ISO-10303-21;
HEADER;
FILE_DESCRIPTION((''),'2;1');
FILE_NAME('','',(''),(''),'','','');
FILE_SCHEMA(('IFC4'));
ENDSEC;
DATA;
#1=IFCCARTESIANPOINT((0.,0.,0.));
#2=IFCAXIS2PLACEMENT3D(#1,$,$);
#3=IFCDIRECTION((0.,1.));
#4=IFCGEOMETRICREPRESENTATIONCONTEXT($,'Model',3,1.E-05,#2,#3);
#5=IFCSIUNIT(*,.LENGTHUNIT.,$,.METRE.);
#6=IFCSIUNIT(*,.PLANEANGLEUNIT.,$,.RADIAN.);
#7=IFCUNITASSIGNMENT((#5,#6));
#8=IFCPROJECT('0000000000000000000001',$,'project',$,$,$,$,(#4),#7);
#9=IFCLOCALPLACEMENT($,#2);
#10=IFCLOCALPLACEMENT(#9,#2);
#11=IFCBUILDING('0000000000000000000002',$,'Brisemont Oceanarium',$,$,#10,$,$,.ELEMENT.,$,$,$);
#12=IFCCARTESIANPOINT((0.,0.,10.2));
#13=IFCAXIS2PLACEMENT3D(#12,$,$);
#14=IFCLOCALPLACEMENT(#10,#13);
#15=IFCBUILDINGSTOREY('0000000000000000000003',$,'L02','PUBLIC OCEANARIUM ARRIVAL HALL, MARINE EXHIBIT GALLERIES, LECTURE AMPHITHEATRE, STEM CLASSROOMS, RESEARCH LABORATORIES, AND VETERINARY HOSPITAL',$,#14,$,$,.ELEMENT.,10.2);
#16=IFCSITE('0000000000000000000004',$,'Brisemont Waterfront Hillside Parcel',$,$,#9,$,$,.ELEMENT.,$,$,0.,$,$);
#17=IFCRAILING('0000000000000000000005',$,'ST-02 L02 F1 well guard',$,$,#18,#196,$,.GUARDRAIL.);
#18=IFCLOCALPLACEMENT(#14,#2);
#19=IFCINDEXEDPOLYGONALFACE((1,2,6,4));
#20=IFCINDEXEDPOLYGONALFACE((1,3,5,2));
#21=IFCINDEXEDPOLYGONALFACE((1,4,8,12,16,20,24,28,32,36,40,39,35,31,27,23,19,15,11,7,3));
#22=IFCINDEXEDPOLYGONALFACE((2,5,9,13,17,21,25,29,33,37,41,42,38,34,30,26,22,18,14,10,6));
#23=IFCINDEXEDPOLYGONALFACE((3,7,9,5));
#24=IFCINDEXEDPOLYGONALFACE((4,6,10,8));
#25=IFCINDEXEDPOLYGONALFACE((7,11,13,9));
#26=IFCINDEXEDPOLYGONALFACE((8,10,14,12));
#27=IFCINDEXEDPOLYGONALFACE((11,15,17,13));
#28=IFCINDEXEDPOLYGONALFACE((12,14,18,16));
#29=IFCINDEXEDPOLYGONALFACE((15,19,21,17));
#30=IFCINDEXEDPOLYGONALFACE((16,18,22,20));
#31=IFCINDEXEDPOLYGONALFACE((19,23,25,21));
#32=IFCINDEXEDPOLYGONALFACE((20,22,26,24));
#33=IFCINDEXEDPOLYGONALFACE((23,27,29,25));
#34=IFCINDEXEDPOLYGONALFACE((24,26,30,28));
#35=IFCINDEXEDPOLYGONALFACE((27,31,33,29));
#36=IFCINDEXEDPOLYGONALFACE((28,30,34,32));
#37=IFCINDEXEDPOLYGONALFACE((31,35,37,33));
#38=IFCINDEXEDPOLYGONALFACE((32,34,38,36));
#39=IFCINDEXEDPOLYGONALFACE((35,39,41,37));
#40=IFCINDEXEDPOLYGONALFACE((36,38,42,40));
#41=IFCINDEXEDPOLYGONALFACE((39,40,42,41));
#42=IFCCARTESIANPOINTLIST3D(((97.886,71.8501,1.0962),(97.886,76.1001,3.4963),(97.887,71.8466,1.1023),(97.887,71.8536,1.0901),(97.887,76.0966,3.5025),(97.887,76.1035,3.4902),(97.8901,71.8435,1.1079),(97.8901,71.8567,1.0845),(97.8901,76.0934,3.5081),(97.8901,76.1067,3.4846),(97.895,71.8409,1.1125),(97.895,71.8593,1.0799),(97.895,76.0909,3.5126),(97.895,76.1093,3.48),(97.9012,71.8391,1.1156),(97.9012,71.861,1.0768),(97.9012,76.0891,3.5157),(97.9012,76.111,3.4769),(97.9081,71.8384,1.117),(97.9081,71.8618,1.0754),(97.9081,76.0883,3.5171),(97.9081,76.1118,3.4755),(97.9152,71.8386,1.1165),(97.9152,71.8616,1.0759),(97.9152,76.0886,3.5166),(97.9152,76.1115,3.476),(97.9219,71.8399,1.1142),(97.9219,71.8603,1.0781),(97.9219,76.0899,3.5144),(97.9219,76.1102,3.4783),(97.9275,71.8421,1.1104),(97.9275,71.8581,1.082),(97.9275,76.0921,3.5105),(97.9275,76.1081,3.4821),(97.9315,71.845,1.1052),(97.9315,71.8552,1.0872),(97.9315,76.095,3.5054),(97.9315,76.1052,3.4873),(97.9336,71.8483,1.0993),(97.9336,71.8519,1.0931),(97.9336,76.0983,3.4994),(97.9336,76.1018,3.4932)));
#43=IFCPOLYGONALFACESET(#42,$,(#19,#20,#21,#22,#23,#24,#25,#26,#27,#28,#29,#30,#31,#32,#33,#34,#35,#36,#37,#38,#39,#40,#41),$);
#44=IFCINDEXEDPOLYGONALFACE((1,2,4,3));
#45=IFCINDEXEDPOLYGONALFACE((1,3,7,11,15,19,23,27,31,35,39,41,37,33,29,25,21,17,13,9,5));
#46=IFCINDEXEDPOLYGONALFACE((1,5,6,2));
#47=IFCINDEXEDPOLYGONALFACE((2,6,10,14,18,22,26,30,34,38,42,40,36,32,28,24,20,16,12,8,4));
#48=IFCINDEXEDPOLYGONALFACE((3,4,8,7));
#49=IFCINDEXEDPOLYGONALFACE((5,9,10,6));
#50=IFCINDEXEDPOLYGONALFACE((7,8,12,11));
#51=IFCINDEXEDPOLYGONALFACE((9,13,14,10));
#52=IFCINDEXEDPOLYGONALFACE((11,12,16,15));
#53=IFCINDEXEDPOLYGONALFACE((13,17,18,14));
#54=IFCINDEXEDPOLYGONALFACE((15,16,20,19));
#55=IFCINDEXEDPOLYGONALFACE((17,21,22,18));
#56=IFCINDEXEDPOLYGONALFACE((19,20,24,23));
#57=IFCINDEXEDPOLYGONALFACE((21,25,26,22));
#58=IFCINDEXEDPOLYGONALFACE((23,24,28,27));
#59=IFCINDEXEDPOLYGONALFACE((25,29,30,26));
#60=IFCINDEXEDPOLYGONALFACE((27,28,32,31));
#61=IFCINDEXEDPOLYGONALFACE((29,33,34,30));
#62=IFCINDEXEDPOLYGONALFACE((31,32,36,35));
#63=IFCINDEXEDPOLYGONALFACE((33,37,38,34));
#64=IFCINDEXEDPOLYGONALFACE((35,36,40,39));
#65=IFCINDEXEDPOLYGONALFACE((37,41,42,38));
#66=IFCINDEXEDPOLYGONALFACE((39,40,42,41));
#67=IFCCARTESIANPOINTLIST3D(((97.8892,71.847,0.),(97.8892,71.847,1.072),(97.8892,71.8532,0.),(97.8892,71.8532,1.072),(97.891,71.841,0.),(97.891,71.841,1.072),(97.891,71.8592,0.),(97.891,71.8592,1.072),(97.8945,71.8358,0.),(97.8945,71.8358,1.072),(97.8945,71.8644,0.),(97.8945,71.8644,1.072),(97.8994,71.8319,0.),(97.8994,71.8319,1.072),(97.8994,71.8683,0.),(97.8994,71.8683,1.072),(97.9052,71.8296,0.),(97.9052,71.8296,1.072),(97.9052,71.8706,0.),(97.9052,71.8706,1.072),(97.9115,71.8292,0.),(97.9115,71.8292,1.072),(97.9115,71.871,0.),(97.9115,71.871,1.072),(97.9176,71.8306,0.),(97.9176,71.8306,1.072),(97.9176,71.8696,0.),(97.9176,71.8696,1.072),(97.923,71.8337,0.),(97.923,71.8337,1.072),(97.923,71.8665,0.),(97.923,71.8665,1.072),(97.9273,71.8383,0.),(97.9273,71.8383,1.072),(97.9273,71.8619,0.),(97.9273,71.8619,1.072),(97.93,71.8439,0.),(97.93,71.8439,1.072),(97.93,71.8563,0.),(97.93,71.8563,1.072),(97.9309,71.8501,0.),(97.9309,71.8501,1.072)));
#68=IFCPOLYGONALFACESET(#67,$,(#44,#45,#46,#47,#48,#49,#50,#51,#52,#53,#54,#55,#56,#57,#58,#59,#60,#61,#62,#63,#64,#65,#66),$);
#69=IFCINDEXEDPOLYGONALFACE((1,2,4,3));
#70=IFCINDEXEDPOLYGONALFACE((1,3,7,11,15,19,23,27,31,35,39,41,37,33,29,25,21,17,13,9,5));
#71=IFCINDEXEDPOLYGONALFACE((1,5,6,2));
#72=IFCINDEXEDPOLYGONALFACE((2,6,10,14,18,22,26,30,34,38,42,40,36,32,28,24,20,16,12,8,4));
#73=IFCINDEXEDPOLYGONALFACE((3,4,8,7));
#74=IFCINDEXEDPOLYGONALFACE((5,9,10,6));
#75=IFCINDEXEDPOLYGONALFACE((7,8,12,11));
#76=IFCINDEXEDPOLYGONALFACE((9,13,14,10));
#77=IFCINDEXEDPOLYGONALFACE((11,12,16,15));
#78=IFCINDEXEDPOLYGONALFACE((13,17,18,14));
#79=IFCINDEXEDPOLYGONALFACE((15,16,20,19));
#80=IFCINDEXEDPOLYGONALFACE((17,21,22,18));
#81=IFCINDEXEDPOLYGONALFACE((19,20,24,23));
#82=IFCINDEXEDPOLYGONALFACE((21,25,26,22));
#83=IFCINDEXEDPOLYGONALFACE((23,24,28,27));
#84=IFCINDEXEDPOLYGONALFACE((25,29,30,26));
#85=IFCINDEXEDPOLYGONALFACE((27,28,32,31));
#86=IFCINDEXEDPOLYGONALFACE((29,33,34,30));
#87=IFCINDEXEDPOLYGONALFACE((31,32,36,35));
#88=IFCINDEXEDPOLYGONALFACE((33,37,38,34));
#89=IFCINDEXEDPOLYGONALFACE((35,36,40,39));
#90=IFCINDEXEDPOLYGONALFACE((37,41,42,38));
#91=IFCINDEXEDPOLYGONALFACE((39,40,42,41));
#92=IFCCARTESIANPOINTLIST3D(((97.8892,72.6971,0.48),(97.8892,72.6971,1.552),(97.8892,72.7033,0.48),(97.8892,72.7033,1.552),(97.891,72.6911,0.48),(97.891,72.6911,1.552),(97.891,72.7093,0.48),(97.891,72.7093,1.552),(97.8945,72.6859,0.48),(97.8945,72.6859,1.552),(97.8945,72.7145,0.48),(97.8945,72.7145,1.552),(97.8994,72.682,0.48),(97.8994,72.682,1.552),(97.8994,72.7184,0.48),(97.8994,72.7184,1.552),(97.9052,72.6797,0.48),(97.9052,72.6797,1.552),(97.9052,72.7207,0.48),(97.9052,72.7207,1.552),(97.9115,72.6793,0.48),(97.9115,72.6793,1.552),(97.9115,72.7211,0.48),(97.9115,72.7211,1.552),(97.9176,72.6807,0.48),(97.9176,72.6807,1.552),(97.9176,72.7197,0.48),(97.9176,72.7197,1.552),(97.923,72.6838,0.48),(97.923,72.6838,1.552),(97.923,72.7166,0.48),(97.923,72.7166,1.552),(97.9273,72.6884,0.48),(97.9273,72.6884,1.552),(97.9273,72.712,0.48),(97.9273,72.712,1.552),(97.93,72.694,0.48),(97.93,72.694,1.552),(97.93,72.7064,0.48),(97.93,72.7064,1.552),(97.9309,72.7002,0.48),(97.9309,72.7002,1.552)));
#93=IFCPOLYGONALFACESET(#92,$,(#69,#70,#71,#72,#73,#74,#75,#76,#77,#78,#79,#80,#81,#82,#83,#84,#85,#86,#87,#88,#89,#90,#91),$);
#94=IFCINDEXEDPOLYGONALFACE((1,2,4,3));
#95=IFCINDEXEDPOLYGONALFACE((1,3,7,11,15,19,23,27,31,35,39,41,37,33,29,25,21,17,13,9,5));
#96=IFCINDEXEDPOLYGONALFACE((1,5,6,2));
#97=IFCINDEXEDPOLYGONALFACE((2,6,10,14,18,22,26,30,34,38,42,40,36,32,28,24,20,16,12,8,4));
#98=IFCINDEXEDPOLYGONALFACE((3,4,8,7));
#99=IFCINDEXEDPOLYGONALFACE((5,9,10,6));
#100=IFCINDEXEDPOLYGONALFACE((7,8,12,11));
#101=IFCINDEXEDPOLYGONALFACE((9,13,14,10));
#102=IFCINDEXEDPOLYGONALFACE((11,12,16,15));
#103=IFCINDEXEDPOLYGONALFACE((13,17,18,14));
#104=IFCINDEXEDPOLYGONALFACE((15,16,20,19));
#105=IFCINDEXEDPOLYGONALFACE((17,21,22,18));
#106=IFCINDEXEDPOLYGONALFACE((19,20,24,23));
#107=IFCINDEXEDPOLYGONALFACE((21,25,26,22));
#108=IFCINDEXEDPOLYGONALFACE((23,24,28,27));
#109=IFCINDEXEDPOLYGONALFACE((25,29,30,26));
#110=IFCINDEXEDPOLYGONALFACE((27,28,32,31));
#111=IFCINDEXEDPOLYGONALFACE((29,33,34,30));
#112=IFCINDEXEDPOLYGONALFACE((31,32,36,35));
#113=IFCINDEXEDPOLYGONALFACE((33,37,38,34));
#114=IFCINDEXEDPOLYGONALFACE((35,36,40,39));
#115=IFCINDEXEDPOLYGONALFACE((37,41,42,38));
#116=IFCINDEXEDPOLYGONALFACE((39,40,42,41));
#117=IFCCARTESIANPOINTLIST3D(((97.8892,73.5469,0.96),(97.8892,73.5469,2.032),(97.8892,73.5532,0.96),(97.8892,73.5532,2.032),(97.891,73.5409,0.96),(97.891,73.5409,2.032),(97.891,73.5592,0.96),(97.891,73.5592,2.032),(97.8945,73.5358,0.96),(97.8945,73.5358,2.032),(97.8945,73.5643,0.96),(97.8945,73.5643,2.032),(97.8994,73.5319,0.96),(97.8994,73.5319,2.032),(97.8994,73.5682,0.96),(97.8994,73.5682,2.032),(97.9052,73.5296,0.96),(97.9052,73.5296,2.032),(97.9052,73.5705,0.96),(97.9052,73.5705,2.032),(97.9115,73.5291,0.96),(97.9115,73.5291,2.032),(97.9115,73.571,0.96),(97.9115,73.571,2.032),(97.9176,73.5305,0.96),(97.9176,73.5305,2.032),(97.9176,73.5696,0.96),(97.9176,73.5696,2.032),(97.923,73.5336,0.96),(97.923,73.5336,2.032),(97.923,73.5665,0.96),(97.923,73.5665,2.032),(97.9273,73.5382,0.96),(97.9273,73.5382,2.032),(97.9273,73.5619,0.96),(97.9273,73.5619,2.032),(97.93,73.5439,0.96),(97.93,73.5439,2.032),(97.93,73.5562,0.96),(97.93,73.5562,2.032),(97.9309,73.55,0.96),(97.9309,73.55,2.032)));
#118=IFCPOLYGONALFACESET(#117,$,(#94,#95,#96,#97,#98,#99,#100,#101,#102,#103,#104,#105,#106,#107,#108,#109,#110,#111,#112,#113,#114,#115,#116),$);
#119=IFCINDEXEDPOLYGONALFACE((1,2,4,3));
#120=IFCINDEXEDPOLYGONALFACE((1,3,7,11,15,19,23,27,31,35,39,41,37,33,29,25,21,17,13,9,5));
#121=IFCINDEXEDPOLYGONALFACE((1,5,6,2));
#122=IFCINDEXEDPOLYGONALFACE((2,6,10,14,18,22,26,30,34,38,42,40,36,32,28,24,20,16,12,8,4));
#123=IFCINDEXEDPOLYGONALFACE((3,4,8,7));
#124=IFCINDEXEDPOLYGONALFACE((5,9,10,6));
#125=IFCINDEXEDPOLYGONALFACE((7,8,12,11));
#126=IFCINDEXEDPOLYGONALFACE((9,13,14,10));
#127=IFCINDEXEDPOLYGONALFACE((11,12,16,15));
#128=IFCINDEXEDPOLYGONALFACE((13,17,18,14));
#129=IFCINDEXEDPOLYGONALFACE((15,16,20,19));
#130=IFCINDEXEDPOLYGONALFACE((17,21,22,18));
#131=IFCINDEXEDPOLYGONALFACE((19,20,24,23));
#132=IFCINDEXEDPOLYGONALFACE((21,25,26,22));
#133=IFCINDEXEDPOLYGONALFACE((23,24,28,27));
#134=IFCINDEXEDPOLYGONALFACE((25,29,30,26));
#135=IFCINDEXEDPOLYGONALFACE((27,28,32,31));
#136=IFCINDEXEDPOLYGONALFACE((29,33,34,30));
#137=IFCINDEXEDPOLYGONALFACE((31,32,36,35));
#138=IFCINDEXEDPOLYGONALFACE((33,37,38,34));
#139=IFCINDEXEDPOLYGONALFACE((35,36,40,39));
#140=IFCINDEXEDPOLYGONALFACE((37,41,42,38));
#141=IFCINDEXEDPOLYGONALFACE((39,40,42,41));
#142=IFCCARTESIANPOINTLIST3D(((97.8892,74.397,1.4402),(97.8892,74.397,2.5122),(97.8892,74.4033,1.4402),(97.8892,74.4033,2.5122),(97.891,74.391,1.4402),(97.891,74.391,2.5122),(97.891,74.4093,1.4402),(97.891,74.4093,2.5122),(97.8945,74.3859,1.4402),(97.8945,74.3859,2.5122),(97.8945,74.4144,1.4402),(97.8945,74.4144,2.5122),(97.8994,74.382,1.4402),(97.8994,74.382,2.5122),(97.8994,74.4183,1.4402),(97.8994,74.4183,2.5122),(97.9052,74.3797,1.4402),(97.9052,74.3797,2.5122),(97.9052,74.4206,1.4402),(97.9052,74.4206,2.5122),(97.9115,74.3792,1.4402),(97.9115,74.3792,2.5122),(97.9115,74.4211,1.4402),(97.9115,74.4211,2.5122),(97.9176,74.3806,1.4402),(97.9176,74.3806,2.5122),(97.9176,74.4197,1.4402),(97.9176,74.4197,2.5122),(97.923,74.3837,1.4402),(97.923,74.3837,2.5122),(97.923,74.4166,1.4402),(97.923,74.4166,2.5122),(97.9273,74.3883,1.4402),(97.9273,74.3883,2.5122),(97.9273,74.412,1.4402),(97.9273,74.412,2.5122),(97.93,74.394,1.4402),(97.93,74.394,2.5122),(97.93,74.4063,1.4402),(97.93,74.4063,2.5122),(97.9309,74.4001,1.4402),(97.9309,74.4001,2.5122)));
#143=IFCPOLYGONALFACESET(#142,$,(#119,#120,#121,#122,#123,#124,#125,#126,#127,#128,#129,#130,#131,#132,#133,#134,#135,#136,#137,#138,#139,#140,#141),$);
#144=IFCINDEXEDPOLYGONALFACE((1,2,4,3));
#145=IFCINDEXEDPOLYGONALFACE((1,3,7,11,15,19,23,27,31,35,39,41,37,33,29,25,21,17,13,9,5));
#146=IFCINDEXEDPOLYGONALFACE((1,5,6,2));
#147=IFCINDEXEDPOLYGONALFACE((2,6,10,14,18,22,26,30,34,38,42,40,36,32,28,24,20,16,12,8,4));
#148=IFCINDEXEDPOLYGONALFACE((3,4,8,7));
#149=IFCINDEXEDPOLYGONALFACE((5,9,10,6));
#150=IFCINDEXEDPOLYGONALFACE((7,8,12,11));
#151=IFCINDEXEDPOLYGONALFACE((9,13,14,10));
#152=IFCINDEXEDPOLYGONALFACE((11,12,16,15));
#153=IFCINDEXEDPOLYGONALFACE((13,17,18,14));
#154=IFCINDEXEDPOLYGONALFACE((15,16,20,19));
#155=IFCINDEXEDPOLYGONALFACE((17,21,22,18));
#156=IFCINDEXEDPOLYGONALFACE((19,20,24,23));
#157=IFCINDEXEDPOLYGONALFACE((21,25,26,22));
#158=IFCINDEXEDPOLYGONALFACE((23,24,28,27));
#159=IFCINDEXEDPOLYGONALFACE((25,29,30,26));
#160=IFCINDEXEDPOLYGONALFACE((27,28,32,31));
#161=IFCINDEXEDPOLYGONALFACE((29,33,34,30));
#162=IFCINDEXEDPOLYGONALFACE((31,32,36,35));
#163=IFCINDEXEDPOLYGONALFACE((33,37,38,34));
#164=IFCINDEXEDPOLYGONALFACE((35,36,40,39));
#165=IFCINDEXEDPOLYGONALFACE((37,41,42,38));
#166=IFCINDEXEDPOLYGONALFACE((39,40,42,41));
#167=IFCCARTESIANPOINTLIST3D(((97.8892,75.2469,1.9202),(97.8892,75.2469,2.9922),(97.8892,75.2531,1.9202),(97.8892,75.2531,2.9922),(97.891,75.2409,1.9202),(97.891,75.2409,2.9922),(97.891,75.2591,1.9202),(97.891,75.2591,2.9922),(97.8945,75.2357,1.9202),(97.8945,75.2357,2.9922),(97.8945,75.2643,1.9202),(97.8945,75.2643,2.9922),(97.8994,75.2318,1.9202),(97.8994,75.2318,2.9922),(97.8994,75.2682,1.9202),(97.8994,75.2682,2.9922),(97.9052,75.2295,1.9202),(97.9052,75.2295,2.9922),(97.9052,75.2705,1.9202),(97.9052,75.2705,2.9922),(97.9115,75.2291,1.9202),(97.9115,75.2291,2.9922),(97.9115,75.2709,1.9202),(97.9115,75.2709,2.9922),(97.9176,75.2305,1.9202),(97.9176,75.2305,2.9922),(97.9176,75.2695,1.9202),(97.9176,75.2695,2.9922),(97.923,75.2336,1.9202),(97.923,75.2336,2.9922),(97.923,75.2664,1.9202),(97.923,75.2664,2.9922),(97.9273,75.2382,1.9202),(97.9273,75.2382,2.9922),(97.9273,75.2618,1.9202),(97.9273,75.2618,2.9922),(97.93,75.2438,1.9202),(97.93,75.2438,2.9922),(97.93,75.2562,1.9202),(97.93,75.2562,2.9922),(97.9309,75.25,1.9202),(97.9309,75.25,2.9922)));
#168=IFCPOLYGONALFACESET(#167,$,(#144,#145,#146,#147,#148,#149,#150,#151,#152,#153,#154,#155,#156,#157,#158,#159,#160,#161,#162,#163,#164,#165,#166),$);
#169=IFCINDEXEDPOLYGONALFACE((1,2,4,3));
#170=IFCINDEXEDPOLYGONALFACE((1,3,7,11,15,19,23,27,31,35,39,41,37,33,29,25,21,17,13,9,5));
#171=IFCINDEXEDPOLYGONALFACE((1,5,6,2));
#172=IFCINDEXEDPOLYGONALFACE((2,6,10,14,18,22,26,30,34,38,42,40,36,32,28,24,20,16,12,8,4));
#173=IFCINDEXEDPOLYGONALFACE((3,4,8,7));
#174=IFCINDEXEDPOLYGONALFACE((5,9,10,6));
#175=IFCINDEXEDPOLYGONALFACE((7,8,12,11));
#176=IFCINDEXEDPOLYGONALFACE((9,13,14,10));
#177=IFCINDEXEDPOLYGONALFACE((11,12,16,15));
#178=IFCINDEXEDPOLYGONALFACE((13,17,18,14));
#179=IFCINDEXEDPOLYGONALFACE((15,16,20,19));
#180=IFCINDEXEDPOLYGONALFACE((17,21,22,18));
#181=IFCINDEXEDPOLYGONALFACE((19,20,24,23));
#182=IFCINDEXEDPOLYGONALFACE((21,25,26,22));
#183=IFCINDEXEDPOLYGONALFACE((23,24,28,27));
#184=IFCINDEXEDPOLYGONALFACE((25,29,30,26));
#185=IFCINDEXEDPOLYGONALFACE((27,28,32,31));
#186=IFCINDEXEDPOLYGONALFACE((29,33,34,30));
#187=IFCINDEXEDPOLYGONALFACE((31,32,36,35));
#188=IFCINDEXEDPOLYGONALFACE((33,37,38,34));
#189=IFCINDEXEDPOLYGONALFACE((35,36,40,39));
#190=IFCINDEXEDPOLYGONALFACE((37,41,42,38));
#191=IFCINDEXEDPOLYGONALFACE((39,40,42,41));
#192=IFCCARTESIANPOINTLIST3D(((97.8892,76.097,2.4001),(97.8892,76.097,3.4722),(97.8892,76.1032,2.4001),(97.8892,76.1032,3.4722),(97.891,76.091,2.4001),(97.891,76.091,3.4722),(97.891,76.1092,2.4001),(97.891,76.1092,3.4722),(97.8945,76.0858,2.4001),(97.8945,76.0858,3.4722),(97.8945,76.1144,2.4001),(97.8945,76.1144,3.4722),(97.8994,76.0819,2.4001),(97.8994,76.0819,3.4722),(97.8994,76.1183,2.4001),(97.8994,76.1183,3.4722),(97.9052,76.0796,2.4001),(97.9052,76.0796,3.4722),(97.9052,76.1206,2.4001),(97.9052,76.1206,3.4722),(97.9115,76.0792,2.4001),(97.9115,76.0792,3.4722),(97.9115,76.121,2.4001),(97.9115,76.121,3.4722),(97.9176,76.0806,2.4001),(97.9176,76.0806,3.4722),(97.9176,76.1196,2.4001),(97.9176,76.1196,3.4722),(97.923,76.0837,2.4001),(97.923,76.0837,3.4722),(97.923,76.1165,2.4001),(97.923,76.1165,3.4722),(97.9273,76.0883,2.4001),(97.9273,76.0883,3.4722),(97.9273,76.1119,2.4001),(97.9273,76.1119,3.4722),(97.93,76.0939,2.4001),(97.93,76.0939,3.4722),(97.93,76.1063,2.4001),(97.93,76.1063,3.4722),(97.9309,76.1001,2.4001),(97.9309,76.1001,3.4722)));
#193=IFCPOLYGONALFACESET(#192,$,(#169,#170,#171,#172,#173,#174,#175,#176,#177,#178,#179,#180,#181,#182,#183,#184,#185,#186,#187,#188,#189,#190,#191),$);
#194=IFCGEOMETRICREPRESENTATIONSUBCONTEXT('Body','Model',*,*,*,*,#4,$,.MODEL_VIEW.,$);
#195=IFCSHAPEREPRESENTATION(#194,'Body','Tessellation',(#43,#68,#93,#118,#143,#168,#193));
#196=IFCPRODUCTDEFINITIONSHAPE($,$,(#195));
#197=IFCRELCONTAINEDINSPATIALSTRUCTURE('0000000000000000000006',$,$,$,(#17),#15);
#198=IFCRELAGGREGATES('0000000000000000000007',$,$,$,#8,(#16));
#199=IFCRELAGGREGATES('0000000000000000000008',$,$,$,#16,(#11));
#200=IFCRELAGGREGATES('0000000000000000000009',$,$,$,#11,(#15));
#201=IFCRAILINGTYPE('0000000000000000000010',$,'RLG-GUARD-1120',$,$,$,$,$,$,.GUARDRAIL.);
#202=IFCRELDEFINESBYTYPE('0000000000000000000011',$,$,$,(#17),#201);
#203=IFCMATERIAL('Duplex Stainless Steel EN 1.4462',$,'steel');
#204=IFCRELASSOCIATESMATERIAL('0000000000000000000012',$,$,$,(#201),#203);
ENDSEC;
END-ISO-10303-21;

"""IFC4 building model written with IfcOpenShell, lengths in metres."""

from ifc_helpers import new_model, si_unit, direction, frame, origin, origin_2d, place, context, subcontext, project, spatial, circle, extrude, material, type_object, element, save


model = new_model("IFC4")

# Units and contexts
model_context = context("Model", 3, precision=1e-05, world=origin(), true_north=direction((0.0, 1.0)))
body_context = subcontext(model_context, "Body", "Model", "MODEL_VIEW")
ifc_project = project(units=[si_unit("LENGTHUNIT", "METRE"), si_unit("PLANEANGLEUNIT", "RADIAN")], contexts=[model_context])

# Site, building, storey
site_placement = place(None, origin())
site = spatial("IfcSite", under=ifc_project, at=site_placement, Name="Brisemont Waterfront Hillside Parcel", CompositionType="ELEMENT", RefElevation=0.0)
building_placement = place(site_placement, origin())
building = spatial("IfcBuilding", under=site, at=building_placement, Name="Brisemont Oceanarium", CompositionType="ELEMENT")
storey_placement = place(building_placement, frame((0.0, 0.0, 10.2)))
storey = spatial("IfcBuildingStorey", under=building, at=storey_placement, Name="L02", Description="PUBLIC OCEANARIUM ARRIVAL HALL, MARINE EXHIBIT GALLERIES, LECTURE AMPHITHEATRE, STEM CLASSROOMS, RESEARCH LABORATORIES, AND VETERINARY HOSPITAL", CompositionType="ELEMENT", Elevation=10.2)

# Railing
ifc_material_1 = material(Name="Duplex Stainless Steel EN 1.4462", Category="steel")
railing_type_1 = type_object("IfcRailingType", Name="RLG-GUARD-1120", PredefinedType="GUARDRAIL", material=ifc_material_1)
railing_1_placement = place(storey_placement, frame((97.9099, 71.8501, 0.0)))
element("IfcRailing", 1, at=railing_1_placement, inside=storey, type_object=railing_type_1, Name="ST-02 L02 F1 well guard", PredefinedType="GUARDRAIL", context=body_context, shape_type="SweptSolid", body=[
    extrude(circle(Radius=0.0239, at=origin_2d()), frame((0.0, 0.0, 1.0962), z_axis=(0.0, 0.870741, 0.491742), x_axis=(-1.0, 0.0, 0.0)), (0.0, 0.0, 1.0), 4.8809),
    extrude(circle(Radius=0.021, at=origin_2d()), origin(), (0.0, 0.0, 1.0), 1.072),
    extrude(circle(Radius=0.021, at=origin_2d()), frame((0.0, 0.8501, 0.48)), (0.0, 0.0, 1.0), 1.072),
    extrude(circle(Radius=0.021, at=origin_2d()), frame((0.0, 1.7, 0.96)), (0.0, 0.0, 1.0), 1.072),
    extrude(circle(Radius=0.021, at=origin_2d()), frame((0.0, 2.55, 1.4402)), (0.0, 0.0, 1.0), 1.072),
    extrude(circle(Radius=0.021, at=origin_2d()), frame((0.0, 3.3999, 1.9202)), (0.0, 0.0, 1.0), 1.072),
    extrude(circle(Radius=0.021, at=origin_2d()), frame((0.0, 4.25, 2.4001)), (0.0, 0.0, 1.0), 1.072),
])

save(model, "model.ifc")
